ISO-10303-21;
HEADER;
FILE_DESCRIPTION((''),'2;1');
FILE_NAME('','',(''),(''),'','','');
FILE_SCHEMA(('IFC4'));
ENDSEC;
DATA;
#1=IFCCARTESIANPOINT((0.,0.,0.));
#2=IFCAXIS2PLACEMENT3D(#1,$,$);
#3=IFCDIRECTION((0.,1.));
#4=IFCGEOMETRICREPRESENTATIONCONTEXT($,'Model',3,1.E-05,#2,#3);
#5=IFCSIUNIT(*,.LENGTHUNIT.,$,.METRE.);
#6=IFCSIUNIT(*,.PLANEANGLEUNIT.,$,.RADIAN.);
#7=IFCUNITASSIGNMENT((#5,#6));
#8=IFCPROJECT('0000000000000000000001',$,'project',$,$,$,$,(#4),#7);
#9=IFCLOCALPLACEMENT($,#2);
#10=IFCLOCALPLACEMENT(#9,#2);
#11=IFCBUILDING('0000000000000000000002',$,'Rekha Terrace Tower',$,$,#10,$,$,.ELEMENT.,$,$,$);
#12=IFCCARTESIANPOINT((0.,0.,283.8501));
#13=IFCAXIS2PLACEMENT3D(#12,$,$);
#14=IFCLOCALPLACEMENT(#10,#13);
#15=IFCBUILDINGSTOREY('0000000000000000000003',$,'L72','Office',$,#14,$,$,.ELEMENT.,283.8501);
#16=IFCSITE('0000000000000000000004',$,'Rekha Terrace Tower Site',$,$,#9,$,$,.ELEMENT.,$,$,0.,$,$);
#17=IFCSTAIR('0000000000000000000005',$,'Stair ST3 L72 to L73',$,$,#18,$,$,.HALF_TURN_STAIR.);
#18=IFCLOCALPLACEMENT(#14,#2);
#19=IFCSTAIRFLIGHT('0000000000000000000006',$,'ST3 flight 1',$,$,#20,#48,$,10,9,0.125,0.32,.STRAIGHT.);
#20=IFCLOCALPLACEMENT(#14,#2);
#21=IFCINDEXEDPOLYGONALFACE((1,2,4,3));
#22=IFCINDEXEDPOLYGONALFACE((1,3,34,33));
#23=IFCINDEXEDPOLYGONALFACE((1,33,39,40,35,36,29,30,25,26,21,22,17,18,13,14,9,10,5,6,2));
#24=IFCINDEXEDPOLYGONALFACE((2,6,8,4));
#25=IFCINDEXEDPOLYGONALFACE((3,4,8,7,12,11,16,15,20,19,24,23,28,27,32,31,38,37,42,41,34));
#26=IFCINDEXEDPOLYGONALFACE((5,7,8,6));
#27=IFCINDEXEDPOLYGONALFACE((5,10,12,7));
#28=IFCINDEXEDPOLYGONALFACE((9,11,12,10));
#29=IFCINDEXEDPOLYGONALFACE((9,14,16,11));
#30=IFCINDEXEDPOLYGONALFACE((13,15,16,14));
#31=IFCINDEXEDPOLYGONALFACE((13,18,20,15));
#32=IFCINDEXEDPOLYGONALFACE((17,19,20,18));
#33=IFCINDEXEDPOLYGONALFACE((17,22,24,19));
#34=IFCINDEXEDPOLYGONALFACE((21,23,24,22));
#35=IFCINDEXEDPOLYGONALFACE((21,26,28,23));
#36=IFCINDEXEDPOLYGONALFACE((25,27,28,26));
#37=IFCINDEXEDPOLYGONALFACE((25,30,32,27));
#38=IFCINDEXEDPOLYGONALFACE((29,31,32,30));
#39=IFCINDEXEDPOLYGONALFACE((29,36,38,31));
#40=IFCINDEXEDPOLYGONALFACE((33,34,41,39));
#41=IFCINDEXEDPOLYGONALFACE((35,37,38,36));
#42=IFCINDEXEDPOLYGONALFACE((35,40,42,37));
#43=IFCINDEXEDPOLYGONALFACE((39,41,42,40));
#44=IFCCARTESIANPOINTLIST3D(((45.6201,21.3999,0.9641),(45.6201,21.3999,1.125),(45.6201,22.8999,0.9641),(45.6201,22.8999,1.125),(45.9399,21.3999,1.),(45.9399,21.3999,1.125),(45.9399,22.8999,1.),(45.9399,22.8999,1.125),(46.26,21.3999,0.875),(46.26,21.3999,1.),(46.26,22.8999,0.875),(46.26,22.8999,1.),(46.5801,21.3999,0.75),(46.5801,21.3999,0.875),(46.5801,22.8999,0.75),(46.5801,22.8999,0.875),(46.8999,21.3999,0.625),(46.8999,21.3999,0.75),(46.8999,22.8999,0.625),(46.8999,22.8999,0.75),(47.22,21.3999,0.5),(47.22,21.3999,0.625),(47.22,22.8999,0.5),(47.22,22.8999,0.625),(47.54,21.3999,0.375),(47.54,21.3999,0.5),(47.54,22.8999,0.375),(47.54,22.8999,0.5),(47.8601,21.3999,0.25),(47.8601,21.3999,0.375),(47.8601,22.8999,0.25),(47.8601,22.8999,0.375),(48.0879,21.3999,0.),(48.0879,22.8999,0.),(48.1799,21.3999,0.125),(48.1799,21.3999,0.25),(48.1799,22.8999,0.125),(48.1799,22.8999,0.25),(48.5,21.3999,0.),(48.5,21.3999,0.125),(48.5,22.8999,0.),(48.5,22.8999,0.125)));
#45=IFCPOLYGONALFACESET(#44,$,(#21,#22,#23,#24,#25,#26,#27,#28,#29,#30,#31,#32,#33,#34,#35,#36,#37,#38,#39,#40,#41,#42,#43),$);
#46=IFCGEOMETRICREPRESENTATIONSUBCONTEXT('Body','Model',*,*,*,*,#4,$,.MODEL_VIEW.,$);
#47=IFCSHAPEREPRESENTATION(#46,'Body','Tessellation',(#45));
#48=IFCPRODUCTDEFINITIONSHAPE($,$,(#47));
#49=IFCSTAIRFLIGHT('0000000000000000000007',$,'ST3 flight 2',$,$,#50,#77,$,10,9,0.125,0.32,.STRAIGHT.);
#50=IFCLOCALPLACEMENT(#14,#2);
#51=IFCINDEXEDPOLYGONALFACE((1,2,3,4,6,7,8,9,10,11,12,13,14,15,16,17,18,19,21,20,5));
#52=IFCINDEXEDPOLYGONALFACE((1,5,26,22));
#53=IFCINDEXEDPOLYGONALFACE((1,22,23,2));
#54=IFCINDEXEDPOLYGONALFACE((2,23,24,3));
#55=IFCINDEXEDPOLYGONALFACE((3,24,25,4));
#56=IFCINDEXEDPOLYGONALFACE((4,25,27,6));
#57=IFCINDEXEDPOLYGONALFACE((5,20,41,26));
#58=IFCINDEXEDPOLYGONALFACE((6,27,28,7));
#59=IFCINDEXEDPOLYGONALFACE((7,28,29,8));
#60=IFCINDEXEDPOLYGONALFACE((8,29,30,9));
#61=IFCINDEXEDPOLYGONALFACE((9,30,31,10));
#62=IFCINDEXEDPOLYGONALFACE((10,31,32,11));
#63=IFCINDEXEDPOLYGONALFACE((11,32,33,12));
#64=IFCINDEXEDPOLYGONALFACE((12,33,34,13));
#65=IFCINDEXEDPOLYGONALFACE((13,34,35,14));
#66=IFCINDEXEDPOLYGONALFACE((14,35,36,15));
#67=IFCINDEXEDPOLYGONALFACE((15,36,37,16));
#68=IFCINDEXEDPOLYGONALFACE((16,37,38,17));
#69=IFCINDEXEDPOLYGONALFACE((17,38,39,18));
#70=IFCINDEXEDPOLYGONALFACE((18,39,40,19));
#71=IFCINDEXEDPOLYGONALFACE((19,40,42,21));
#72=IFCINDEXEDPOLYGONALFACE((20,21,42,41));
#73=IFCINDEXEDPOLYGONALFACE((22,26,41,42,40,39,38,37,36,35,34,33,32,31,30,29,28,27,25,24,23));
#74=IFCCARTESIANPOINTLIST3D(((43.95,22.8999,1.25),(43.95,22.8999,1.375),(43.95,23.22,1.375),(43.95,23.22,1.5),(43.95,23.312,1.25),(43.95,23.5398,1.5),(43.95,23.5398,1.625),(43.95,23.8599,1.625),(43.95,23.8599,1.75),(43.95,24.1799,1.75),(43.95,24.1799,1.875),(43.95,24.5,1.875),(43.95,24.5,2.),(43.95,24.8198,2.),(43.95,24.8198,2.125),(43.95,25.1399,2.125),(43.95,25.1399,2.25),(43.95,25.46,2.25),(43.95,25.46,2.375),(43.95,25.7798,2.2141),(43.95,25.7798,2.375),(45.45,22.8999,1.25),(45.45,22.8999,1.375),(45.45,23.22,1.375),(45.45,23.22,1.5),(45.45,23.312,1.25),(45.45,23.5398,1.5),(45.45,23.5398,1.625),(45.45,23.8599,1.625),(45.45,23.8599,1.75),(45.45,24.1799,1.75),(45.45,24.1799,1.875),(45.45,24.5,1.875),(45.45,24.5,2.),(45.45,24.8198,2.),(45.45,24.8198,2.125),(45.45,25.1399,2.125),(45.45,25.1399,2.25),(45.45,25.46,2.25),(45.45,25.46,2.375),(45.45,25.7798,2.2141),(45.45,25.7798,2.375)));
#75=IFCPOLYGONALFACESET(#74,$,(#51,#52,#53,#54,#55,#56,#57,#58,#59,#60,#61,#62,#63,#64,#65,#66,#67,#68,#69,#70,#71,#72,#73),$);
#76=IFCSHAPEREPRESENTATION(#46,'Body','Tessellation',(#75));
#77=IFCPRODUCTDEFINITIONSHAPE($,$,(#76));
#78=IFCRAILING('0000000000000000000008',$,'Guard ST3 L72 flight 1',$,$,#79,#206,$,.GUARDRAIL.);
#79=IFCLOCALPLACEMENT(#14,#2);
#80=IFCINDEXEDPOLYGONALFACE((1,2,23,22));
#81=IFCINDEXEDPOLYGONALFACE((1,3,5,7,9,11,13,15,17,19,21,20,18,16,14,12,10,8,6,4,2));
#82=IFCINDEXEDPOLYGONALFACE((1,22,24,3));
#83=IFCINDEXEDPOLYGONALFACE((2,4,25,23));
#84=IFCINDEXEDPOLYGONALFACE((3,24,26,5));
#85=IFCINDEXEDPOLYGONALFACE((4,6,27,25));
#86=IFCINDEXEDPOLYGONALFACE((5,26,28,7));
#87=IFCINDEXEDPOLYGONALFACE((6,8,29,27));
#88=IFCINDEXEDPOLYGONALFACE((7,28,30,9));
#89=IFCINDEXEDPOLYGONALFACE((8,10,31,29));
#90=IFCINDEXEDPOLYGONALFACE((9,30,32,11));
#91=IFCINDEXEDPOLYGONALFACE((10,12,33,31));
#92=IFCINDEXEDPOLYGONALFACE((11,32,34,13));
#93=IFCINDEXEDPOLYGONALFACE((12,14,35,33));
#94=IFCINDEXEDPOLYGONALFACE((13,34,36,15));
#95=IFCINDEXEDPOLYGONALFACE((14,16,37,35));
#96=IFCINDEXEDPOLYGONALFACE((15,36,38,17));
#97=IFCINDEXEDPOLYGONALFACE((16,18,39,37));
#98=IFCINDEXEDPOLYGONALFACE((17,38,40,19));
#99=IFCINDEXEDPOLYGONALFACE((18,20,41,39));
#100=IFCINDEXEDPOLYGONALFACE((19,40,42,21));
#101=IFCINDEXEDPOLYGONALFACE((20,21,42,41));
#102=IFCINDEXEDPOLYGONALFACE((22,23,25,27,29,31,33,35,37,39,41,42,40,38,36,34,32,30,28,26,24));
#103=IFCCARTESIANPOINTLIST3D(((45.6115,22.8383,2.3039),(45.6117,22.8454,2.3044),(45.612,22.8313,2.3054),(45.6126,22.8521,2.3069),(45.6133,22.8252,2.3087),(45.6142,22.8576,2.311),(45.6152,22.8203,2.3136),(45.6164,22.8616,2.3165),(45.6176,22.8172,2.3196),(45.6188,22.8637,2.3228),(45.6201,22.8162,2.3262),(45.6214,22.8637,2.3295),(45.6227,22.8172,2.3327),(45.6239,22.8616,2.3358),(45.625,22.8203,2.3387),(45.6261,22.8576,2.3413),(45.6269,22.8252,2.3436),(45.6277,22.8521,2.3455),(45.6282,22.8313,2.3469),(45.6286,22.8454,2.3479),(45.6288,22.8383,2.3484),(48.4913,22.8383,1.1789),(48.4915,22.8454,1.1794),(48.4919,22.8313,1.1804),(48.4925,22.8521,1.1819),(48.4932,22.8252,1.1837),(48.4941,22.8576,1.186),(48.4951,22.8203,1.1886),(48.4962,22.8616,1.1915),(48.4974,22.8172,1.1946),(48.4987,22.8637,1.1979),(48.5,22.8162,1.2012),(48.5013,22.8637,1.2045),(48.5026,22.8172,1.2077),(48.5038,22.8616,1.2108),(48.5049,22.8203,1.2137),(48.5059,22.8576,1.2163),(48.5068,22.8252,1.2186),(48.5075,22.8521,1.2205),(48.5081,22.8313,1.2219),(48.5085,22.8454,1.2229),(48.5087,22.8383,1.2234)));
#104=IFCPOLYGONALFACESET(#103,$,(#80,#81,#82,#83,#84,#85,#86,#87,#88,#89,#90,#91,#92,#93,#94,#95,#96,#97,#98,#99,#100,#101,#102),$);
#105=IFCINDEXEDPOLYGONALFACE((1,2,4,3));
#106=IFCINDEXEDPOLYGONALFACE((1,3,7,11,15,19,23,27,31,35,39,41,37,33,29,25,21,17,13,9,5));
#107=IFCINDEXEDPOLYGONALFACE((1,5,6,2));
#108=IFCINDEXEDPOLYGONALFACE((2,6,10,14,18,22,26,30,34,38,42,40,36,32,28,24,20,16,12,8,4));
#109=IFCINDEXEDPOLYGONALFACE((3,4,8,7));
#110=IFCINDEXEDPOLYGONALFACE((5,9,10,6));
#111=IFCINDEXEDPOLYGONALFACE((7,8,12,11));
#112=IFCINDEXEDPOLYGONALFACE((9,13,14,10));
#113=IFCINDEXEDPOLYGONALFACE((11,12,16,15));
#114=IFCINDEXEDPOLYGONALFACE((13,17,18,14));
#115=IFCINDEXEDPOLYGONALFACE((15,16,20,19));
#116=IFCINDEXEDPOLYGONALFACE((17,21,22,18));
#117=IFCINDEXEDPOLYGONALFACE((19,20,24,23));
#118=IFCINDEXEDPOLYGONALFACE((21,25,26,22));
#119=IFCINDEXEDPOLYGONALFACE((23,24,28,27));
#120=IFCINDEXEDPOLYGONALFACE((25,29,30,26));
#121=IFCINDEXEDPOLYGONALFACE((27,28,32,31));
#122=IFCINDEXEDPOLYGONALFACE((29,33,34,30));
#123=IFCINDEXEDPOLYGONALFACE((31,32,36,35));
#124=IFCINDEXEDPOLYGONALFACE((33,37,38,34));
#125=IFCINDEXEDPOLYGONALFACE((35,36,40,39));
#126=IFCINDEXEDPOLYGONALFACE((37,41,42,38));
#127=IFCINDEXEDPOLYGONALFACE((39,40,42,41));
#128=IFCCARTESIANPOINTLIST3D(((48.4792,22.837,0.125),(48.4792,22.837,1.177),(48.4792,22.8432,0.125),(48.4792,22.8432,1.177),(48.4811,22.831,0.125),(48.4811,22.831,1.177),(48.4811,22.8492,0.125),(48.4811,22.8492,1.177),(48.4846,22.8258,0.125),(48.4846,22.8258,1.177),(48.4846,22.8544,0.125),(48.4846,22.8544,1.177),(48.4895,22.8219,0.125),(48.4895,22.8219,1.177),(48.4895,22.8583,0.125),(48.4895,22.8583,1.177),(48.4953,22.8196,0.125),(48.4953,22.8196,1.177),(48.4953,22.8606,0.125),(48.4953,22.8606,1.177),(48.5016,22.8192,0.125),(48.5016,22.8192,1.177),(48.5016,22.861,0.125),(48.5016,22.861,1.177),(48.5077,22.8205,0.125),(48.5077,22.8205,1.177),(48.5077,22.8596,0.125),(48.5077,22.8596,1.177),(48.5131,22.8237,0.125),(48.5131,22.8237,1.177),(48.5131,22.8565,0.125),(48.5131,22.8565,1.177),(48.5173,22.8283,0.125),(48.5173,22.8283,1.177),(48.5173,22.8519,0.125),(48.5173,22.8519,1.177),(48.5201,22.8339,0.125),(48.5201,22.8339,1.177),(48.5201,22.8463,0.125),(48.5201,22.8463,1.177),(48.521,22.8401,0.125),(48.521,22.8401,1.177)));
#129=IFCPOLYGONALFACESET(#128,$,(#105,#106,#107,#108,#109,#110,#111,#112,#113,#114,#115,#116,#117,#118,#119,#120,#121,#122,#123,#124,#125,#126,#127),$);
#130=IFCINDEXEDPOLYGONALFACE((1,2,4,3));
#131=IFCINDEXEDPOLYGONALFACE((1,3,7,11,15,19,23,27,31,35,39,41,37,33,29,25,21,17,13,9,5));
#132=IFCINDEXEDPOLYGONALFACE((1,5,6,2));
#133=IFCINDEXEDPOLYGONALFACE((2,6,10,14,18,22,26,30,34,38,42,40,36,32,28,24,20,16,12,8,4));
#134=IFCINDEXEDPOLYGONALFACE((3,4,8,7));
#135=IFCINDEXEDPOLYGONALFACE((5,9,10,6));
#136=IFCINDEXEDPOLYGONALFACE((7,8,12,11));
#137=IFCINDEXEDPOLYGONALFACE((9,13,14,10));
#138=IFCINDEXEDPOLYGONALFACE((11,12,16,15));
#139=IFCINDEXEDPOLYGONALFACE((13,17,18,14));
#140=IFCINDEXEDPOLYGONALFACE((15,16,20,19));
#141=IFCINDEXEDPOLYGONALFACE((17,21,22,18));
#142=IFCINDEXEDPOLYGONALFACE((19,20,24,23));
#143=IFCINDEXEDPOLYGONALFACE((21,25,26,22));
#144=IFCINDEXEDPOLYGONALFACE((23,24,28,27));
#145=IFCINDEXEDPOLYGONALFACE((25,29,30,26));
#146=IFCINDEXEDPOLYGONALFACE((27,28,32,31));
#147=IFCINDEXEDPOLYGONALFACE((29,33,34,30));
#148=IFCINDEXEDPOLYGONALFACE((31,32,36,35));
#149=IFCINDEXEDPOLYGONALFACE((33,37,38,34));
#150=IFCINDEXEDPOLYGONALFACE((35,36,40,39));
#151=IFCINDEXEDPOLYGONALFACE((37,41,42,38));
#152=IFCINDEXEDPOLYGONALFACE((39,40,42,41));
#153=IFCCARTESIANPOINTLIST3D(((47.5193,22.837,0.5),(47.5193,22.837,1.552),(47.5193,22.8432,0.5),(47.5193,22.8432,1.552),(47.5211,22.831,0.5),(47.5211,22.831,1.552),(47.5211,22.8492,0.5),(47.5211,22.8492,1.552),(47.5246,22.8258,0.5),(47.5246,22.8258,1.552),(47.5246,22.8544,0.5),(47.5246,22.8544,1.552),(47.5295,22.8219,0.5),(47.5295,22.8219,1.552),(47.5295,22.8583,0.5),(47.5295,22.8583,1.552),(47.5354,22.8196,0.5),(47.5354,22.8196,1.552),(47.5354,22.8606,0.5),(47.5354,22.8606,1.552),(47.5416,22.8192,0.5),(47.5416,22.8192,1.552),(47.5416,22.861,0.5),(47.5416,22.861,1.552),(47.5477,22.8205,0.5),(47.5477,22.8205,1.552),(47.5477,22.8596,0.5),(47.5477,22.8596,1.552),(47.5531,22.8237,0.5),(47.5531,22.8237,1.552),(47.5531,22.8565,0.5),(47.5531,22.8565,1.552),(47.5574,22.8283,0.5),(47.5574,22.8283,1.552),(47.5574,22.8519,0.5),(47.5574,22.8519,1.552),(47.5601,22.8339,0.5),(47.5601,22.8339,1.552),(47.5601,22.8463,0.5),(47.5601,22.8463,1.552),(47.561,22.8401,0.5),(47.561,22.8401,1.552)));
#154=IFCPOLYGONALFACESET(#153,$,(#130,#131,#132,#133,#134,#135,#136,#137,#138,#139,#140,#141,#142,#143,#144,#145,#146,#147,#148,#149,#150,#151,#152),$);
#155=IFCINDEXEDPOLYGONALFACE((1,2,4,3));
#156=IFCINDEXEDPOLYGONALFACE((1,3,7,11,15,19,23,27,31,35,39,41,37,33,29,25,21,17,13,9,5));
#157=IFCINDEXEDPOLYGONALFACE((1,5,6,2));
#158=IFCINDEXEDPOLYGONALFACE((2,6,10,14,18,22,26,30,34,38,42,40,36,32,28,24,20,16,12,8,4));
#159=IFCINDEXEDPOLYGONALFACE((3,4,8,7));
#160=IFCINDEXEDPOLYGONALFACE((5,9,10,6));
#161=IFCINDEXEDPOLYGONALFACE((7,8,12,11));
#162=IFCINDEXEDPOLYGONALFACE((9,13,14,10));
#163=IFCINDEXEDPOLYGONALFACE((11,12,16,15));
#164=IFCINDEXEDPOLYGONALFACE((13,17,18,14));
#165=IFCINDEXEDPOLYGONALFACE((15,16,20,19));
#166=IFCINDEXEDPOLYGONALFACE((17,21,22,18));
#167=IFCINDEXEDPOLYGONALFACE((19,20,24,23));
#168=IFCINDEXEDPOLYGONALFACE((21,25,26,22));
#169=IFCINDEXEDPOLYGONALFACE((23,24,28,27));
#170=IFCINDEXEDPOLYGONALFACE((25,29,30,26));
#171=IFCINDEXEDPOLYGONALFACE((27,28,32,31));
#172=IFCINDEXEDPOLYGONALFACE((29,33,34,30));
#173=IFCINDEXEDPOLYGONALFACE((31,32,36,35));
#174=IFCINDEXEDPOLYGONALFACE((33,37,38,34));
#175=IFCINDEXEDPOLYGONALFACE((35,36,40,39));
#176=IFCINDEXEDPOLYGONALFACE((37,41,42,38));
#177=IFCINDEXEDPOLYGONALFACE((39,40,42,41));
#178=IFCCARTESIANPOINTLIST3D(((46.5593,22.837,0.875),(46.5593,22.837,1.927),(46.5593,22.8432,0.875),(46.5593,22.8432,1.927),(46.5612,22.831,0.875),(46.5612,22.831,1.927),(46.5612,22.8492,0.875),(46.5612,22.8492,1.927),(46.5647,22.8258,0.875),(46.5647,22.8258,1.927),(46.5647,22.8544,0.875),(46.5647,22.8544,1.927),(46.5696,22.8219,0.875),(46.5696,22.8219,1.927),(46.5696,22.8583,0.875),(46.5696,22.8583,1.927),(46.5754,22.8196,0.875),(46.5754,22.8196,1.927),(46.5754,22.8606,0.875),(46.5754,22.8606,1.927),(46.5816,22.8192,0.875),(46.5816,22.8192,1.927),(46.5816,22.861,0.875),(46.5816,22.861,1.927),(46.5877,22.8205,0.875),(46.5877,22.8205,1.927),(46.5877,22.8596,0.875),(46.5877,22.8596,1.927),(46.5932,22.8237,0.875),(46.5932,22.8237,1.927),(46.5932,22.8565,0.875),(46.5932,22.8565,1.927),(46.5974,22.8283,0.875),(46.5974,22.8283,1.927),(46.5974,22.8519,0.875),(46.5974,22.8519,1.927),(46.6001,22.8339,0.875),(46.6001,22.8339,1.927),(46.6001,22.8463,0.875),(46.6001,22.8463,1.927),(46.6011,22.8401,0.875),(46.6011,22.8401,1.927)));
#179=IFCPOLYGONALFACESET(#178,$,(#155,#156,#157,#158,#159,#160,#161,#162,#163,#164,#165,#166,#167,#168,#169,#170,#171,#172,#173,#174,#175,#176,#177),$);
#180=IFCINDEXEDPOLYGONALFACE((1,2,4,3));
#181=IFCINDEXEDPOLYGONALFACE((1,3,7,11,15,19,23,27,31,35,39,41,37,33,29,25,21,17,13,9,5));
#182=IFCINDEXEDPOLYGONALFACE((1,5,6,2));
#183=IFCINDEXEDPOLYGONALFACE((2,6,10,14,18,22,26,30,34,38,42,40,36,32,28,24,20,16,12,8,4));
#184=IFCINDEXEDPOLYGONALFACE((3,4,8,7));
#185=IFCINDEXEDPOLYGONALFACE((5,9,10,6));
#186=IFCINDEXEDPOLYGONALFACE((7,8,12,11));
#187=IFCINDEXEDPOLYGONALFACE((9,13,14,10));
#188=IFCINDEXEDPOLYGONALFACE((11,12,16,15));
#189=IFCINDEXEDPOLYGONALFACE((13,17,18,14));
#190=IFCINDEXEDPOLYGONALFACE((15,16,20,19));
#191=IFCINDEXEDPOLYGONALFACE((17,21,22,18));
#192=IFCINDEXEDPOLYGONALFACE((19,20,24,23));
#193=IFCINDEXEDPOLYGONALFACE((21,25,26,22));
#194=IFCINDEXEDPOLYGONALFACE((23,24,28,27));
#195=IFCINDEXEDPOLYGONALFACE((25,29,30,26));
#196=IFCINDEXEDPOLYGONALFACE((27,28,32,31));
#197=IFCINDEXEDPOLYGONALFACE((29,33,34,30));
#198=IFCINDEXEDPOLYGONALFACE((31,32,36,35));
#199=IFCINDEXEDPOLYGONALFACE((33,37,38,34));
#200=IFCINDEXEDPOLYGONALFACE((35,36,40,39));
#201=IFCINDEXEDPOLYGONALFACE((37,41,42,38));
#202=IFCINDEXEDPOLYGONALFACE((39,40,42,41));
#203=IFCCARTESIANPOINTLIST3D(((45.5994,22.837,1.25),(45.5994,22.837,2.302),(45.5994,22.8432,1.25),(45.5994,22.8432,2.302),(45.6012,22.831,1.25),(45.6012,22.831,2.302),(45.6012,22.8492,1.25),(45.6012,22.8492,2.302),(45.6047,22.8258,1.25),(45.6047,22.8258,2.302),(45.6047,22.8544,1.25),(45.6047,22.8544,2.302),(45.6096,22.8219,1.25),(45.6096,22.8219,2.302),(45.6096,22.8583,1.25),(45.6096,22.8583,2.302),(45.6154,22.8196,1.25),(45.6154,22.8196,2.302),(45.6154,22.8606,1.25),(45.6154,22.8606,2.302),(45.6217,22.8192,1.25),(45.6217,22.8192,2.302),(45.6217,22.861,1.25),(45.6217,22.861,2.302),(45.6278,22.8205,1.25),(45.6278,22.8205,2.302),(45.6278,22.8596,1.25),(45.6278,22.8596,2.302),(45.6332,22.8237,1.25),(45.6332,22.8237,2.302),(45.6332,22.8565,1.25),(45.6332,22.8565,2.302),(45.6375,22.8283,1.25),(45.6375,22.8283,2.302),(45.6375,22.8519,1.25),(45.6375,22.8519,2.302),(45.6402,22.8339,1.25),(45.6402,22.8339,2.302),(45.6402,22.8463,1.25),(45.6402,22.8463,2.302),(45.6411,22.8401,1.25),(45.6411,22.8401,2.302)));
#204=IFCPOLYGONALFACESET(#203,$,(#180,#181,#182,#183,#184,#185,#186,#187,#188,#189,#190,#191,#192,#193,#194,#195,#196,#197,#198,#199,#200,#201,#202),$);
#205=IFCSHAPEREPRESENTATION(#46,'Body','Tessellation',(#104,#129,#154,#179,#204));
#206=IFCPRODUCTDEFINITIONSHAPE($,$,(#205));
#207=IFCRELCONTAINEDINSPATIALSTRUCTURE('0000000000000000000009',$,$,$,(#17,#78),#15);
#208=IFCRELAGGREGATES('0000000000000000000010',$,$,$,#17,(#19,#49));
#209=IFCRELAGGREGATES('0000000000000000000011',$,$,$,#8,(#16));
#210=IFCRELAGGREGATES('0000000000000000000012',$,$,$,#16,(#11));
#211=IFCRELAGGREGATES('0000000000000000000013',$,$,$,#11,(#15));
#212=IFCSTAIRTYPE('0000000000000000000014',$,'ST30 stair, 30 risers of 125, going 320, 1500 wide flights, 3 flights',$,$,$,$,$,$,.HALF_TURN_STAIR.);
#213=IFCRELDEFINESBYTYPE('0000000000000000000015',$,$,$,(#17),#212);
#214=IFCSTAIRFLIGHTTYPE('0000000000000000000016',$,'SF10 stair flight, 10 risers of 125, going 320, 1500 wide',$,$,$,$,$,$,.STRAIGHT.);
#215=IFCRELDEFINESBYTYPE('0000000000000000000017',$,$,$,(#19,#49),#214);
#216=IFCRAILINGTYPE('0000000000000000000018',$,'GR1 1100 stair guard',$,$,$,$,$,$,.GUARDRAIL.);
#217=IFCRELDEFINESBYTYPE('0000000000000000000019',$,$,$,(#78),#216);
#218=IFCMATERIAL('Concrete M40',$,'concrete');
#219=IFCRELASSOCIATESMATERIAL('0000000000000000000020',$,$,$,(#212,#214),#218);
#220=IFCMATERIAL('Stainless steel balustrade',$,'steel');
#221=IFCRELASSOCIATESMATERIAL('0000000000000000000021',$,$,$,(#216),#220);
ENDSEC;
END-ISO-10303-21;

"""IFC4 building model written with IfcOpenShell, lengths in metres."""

from ifc_helpers import new_model, si_unit, direction, frame, origin, origin_2d, place, context, subcontext, project, spatial, polyline, circle, outline, extrude, material, type_object, element, aggregate, save


model = new_model("IFC4")

# Units and contexts
model_context = context("Model", 3, precision=1e-05, world=origin(), true_north=direction((0.0, 1.0)))
body_context = subcontext(model_context, "Body", "Model", "MODEL_VIEW")
ifc_project = project(units=[si_unit("LENGTHUNIT", "METRE"), si_unit("PLANEANGLEUNIT", "RADIAN")], contexts=[model_context])

# Site, building, storey
site_placement = place(None, origin())
site = spatial("IfcSite", under=ifc_project, at=site_placement, Name="Rekha Terrace Tower Site", CompositionType="ELEMENT", RefElevation=0.0)
building_placement = place(site_placement, origin())
building = spatial("IfcBuilding", under=site, at=building_placement, Name="Rekha Terrace Tower", CompositionType="ELEMENT")
storey_placement = place(building_placement, frame((0.0, 0.0, 283.8501)))
storey = spatial("IfcBuildingStorey", under=building, at=storey_placement, Name="L72", Description="Office", CompositionType="ELEMENT", Elevation=283.8501)

# Stair, stair flights
ifc_material_1 = material(Name="Concrete M40", Category="concrete")
stair_type = type_object("IfcStairType", Name="ST30 stair, 30 risers of 125, going 320, 1500 wide flights, 3 flights", PredefinedType="HALF_TURN_STAIR", material=ifc_material_1)
stair_placement = place(storey_placement, origin())
stair = element("IfcStair", 1, at=stair_placement, inside=storey, type_object=stair_type, Name="Stair ST3 L72 to L73", PredefinedType="HALF_TURN_STAIR")
stair_flight_type = type_object("IfcStairFlightType", Name="SF10 stair flight, 10 risers of 125, going 320, 1500 wide", PredefinedType="STRAIGHT", material=ifc_material_1)
stair_flight_1_placement = place(storey_placement, frame((48.5, 22.1499, 0.0), z_axis=(0.0, 0.0, 1.0), x_axis=(-1.0, 0.0, 0.0)))
stair_flight_1 = element("IfcStairFlight", 2, at=stair_flight_1_placement, type_object=stair_flight_type, Name="ST3 flight 1", NumberOfRisers=10, NumberOfTreads=9, PredefinedType="STRAIGHT", RiserHeight=0.125, TreadLength=0.32, context=body_context, shape_type="SweptSolid", body=[
    extrude(outline(polyline([(0.0, 0.0), (0.0, 0.125), (0.3201, 0.125), (0.3201, 0.25), (0.6399, 0.25), (0.6399, 0.375), (0.96, 0.375), (0.96, 0.5), (1.28, 0.5), (1.28, 0.625), (1.6001, 0.625), (1.6001, 0.75), (1.9199, 0.75), (1.9199, 0.875), (2.24, 0.875), (2.24, 1.0), (2.5601, 1.0), (2.5601, 1.125), (2.8799, 1.125), (2.8799, 1.25), (2.8799, 0.9641), (0.4121, 0.0), (0.0, 0.0)])), frame((0.0, 0.75, 0.0), z_axis=(0.0, -1.0, 0.0), x_axis=(1.0, 0.0, 0.0)), (0.0, 0.0, 1.0), 1.5),
])
stair_flight_2_placement = place(storey_placement, frame((44.7, 22.8999, 1.25), z_axis=(0.0, 0.0, 1.0), x_axis=(0.0, 1.0, 0.0)))
stair_flight_2 = element("IfcStairFlight", 3, at=stair_flight_2_placement, type_object=stair_flight_type, Name="ST3 flight 2", NumberOfRisers=10, NumberOfTreads=9, PredefinedType="STRAIGHT", RiserHeight=0.125, TreadLength=0.32, context=body_context, shape_type="SweptSolid", body=[
    extrude(outline(polyline([(0.0, 0.0), (0.0, 0.125), (0.3201, 0.125), (0.3201, 0.25), (0.6399, 0.25), (0.6399, 0.375), (0.96, 0.375), (0.96, 0.5), (1.28, 0.5), (1.28, 0.625), (1.6001, 0.625), (1.6001, 0.75), (1.9199, 0.75), (1.9199, 0.875), (2.24, 0.875), (2.24, 1.0), (2.5601, 1.0), (2.5601, 1.125), (2.8799, 1.125), (2.8799, 1.25), (2.8799, 0.9641), (0.4121, 0.0), (0.0, 0.0)])), frame((0.0, 0.75, 0.0), z_axis=(0.0, -1.0, 0.0), x_axis=(1.0, 0.0, 0.0)), (0.0, 0.0, 1.0), 1.5),
])
aggregate(stair, [stair_flight_1, stair_flight_2])

# Railing
ifc_material_2 = material(Name="Stainless steel balustrade", Category="steel")
railing_type_1 = type_object("IfcRailingType", Name="GR1 1100 stair guard", PredefinedType="GUARDRAIL", material=ifc_material_2)
railing_1_placement = place(storey_placement, frame((48.5, 22.8401, 0.125)))
element("IfcRailing", 4, at=railing_1_placement, inside=storey, type_object=railing_type_1, Name="Guard ST3 L72 flight 1", PredefinedType="GUARDRAIL", context=body_context, shape_type="SweptSolid", body=[
    extrude(circle(Radius=0.0239, at=origin_2d()), frame((0.0, 0.0, 1.0762), z_axis=(-0.931452, 0.0, 0.363863), x_axis=(0.0, -1.0, 0.0)), (0.0, 0.0, 1.0), 3.0918),
    extrude(circle(Radius=0.021, at=origin_2d()), origin(), (0.0, 0.0, 1.0), 1.052),
    extrude(circle(Radius=0.021, at=origin_2d()), frame((-0.96, 0.0, 0.375)), (0.0, 0.0, 1.0), 1.052),
    extrude(circle(Radius=0.021, at=origin_2d()), frame((-1.9199, 0.0, 0.75)), (0.0, 0.0, 1.0), 1.052),
    extrude(circle(Radius=0.021, at=origin_2d()), frame((-2.8799, 0.0, 1.125)), (0.0, 0.0, 1.0), 1.052),
])

save(model, "model.ifc")
